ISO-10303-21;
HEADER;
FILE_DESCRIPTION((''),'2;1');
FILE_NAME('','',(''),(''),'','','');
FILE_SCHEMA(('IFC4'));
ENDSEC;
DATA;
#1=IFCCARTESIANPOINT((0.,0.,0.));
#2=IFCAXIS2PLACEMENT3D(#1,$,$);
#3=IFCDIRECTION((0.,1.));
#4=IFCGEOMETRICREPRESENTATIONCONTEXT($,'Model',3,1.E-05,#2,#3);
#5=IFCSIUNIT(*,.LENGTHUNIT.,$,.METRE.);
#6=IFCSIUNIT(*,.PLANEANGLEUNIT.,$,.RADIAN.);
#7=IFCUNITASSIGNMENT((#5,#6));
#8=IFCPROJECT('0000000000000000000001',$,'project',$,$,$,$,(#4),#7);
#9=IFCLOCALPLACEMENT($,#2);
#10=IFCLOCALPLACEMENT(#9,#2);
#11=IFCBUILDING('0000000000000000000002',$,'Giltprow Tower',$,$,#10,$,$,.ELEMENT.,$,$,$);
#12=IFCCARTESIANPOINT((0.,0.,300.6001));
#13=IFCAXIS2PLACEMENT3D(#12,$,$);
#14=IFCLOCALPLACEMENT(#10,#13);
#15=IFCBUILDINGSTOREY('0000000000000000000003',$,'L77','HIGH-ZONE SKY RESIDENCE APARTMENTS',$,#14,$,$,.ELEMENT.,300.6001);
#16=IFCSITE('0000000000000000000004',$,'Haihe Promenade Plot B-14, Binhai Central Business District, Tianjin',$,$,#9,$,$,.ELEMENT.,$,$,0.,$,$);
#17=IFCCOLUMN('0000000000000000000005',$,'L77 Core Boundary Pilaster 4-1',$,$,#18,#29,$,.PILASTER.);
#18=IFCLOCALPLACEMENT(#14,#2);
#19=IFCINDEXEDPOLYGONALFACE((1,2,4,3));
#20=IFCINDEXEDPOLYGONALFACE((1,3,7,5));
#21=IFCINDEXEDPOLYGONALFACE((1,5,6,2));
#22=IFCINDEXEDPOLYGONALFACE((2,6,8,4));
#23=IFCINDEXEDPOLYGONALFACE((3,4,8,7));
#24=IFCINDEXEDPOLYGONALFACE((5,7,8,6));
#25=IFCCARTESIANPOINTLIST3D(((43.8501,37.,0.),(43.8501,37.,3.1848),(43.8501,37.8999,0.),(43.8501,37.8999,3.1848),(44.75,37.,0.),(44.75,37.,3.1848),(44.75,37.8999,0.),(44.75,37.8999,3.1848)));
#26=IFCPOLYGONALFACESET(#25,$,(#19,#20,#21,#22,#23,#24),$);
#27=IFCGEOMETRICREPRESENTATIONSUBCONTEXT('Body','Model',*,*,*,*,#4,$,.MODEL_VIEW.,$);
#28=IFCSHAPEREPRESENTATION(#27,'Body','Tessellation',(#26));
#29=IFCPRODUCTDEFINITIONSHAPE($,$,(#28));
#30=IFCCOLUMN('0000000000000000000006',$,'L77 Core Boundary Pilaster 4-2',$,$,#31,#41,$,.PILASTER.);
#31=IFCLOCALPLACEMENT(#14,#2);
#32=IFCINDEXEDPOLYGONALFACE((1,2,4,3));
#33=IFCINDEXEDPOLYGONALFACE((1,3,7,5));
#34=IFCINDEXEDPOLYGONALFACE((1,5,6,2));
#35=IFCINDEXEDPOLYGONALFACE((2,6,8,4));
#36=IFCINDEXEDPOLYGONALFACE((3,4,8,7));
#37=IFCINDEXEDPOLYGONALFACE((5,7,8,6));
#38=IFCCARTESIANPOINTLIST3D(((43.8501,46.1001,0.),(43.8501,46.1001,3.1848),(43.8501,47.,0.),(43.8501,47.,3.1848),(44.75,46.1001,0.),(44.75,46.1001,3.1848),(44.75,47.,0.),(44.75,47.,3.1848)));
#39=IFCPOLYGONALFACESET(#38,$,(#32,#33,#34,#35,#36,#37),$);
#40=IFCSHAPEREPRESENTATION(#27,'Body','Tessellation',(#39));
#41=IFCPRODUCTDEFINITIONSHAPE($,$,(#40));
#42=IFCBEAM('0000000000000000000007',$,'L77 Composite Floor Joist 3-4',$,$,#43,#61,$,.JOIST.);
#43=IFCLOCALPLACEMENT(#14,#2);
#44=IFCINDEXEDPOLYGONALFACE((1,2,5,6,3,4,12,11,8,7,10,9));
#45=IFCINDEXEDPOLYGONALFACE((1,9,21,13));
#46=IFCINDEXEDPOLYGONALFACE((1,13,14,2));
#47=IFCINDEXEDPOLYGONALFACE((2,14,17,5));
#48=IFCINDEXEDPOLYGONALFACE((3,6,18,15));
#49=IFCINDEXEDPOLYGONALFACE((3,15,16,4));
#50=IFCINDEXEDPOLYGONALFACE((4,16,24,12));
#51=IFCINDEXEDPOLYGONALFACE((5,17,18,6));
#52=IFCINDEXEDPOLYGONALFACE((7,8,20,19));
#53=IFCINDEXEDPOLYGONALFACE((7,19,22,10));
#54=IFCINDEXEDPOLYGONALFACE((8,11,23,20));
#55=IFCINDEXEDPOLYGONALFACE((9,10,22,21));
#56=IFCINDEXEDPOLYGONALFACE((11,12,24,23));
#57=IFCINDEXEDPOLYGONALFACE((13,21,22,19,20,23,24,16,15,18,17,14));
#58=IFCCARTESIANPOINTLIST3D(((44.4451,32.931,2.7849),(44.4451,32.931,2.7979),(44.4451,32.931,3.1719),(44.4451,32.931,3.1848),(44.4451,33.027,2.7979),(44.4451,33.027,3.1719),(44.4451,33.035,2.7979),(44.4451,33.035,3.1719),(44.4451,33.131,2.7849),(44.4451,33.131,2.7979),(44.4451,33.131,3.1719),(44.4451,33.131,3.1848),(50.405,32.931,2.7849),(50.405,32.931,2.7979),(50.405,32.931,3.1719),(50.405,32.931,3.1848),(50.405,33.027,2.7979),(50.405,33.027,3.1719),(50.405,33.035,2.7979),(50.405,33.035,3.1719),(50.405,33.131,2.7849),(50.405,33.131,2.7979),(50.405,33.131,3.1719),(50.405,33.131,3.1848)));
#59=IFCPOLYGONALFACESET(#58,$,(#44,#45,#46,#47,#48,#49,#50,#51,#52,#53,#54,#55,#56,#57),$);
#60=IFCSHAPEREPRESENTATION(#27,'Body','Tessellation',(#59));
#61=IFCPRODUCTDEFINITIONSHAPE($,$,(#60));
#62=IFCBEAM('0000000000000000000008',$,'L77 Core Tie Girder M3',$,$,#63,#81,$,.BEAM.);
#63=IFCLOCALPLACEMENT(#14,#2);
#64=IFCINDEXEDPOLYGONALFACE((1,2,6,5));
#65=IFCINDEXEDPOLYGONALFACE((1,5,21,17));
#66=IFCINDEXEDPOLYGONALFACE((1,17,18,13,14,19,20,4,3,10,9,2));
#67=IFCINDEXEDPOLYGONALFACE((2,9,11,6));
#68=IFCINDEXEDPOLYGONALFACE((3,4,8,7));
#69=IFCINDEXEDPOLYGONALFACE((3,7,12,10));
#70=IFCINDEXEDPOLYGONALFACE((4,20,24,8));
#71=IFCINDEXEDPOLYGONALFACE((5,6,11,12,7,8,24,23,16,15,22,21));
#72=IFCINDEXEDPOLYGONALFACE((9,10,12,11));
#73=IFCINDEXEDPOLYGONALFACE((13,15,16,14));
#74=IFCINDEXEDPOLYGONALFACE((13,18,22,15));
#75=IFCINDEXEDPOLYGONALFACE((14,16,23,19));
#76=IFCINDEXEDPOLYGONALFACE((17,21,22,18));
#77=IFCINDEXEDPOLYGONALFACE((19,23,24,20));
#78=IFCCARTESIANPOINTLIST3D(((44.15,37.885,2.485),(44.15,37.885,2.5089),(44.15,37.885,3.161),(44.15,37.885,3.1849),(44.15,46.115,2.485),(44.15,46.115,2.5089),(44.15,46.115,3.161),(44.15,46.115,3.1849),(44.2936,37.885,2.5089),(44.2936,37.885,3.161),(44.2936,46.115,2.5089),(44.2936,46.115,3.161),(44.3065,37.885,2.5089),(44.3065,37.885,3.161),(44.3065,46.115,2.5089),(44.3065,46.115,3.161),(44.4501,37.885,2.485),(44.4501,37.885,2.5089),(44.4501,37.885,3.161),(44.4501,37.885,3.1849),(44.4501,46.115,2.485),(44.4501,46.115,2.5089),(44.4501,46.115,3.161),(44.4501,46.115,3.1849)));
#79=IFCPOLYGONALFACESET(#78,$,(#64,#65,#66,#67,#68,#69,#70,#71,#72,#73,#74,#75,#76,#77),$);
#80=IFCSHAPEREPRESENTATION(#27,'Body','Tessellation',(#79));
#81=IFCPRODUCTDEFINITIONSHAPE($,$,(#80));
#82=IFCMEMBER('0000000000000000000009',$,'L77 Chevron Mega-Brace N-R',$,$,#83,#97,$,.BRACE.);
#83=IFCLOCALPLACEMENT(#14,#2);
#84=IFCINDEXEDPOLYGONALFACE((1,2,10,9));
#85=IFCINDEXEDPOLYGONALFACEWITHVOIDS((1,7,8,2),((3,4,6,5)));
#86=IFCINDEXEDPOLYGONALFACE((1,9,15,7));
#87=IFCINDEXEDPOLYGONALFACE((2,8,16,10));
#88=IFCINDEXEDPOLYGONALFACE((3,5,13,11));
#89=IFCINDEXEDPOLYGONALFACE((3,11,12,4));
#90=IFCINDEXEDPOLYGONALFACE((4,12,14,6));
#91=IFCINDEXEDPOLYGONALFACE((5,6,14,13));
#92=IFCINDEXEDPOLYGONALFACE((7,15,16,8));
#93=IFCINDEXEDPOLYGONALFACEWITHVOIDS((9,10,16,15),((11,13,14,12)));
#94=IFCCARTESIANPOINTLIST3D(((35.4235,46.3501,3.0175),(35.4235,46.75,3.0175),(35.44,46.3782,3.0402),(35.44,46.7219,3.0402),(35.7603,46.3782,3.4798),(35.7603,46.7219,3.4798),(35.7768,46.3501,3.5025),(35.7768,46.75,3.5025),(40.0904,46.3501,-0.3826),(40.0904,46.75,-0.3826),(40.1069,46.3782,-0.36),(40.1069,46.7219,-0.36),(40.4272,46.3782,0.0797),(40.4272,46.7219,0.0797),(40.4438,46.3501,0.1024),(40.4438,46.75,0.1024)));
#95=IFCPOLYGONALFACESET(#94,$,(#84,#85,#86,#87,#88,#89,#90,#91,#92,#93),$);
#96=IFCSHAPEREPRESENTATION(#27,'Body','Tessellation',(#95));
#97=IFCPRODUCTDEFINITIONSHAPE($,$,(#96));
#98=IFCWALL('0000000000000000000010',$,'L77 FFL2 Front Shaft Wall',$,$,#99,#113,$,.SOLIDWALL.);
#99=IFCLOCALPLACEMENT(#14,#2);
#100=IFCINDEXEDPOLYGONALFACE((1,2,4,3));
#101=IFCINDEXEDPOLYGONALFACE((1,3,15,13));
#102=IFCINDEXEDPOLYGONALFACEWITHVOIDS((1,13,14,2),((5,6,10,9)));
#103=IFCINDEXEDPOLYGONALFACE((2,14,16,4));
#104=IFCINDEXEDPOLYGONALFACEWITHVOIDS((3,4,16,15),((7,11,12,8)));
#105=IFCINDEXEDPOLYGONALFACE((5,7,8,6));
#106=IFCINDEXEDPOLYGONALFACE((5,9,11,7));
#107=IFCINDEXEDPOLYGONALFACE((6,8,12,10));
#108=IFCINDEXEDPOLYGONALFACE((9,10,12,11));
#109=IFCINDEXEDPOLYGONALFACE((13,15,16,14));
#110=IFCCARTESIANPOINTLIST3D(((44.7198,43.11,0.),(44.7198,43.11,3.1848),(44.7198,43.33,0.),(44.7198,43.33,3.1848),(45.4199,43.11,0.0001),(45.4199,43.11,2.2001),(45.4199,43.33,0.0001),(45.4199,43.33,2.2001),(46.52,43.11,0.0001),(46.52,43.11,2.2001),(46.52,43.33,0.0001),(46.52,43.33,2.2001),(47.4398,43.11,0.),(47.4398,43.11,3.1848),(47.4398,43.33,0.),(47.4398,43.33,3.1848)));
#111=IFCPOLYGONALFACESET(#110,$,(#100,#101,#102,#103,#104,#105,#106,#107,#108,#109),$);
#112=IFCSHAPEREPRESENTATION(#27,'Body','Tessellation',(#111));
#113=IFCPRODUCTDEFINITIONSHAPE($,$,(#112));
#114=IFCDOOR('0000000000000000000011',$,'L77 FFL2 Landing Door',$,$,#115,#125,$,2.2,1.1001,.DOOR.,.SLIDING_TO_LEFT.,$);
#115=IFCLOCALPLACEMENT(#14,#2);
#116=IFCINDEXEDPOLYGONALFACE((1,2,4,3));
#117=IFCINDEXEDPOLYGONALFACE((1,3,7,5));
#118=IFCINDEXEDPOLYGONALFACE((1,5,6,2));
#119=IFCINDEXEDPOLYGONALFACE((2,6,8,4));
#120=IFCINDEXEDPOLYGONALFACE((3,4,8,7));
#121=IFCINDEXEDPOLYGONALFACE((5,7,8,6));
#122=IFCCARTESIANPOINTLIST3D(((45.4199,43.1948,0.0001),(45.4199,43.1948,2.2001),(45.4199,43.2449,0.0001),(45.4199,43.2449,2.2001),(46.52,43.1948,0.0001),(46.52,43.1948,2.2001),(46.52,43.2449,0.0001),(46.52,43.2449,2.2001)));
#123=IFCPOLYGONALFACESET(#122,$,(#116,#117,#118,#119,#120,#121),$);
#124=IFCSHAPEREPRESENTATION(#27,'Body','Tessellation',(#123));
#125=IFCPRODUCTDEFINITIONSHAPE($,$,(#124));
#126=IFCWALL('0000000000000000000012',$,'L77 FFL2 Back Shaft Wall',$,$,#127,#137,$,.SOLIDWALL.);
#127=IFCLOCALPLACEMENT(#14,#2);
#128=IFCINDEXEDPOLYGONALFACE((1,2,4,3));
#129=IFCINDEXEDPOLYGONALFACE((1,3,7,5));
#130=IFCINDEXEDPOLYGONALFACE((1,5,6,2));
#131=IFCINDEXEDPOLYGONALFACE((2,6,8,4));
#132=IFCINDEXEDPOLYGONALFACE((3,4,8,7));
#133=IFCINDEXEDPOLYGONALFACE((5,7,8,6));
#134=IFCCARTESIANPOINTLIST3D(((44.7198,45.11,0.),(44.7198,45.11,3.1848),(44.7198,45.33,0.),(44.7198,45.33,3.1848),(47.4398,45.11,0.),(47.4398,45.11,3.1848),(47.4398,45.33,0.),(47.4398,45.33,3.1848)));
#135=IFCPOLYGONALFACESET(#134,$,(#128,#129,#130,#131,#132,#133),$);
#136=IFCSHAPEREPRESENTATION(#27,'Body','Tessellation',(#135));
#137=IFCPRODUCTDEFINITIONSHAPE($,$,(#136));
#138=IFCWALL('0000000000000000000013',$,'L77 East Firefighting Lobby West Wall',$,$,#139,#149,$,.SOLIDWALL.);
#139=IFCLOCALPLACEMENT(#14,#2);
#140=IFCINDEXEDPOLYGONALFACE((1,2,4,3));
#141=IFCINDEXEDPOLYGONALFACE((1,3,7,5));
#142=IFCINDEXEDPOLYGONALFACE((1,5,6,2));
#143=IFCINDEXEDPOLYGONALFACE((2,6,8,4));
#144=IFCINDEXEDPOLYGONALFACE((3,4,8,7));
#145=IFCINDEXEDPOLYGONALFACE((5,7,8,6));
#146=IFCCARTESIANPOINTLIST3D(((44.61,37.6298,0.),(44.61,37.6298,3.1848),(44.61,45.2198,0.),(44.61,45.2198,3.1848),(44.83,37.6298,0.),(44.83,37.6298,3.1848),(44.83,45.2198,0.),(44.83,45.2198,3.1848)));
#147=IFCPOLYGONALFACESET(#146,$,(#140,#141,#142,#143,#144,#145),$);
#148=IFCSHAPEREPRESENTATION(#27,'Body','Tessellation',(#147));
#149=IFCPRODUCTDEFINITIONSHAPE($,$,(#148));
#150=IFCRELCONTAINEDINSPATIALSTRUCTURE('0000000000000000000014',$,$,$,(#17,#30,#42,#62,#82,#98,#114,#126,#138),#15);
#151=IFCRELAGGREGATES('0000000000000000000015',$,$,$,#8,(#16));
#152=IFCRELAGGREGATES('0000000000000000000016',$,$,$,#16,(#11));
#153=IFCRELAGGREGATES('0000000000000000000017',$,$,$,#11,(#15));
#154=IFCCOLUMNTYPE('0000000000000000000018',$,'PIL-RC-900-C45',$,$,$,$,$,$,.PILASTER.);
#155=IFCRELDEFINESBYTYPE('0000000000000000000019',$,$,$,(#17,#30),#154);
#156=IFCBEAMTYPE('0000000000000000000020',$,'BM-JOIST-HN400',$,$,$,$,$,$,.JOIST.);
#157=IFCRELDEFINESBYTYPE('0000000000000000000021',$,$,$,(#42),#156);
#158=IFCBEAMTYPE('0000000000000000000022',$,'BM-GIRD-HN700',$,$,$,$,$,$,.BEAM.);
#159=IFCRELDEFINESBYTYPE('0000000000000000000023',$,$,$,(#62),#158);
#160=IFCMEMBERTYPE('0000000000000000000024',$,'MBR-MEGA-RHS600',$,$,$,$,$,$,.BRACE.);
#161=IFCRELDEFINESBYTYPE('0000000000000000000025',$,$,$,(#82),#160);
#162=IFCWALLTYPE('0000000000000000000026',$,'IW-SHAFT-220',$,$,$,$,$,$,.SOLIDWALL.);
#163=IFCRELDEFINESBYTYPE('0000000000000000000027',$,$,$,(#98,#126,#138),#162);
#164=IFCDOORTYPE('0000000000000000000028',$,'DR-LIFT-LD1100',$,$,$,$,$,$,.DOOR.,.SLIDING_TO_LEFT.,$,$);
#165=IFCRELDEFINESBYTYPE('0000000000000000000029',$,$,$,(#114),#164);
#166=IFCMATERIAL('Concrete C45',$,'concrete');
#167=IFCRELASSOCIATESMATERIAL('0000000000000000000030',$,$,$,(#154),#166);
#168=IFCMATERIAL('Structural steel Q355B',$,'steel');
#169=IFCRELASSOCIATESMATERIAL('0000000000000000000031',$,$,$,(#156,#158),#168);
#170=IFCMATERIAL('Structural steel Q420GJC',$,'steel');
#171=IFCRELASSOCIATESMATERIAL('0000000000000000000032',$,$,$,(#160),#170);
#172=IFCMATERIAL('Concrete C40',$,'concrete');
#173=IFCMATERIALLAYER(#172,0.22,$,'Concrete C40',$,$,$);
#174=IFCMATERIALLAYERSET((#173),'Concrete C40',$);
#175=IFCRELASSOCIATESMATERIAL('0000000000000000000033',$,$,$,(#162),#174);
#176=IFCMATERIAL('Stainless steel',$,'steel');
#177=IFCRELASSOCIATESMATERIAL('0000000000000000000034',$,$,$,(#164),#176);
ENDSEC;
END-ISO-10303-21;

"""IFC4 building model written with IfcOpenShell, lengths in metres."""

from ifc_helpers import new_model, si_unit, direction, frame, frame_2d, origin, origin_2d, place, context, subcontext, project, spatial, rectangle, hollow_rectangle, i_section, extrude, source, transform, mapped, material, layer, layer_set, material_profile, profile_set, type_object, element, fill, save


model = new_model("IFC4")

# Units and contexts
model_context = context("Model", 3, precision=1e-05, world=origin(), true_north=direction((0.0, 1.0)))
body_context = subcontext(model_context, "Body", "Model", "MODEL_VIEW")
ifc_project = project(units=[si_unit("LENGTHUNIT", "METRE"), si_unit("PLANEANGLEUNIT", "RADIAN")], contexts=[model_context])

# Site, building, storey
site_placement = place(None, origin())
site = spatial("IfcSite", under=ifc_project, at=site_placement, Name="Haihe Promenade Plot B-14, Binhai Central Business District, Tianjin", CompositionType="ELEMENT", RefElevation=0.0)
building_placement = place(site_placement, origin())
building = spatial("IfcBuilding", under=site, at=building_placement, Name="Giltprow Tower", CompositionType="ELEMENT")
storey_placement = place(building_placement, frame((0.0, 0.0, 300.6001)))
storey = spatial("IfcBuildingStorey", under=building, at=storey_placement, Name="L77", Description="HIGH-ZONE SKY RESIDENCE APARTMENTS", CompositionType="ELEMENT", Elevation=300.6001)

# Columns
ifc_material_1 = material(Name="Concrete C45", Category="concrete")
ifc_material_profile_1 = material_profile(ifc_material_1, rectangle(XDim=0.8999, YDim=0.8999, at=origin_2d()), Name="RC 900x900")
ifc_profile_set_1 = profile_set([ifc_material_profile_1], Name="Concrete C45")
column_type = type_object("IfcColumnType", Name="PIL-RC-900-C45", PredefinedType="PILASTER", material=ifc_profile_set_1)
shared_shape_1 = source(origin(), body_context, "Body", "SweptSolid", [
    extrude(rectangle(XDim=0.8999, YDim=0.8999, at=origin_2d()), origin(), (0.0, 0.0, 1.0), 3.1848),
])
for number, where, z_axis, x_axis, name in (
    (1, (44.3, 37.45, 0.0), (0.0, 0.0, 1.0), (1.0, 0.0, 0.0), "L77 Core Boundary Pilaster 4-1"),
    (2, (44.3, 46.55, 0.0), (0.0, 0.0, 1.0), (1.0, 0.0, 0.0), "L77 Core Boundary Pilaster 4-2"),
):
    element("IfcColumn", number, at=place(storey_placement, frame(where, z_axis=z_axis, x_axis=x_axis)), inside=storey, type_object=column_type, Name=name, PredefinedType="PILASTER", context=body_context, shape_type="MappedRepresentation", body=[
        mapped(shared_shape_1, transform((0.0, 0.0, 0.0), x_axis=(1.0, 0.0, 0.0), y_axis=(0.0, 1.0, 0.0), z_axis=(0.0, 0.0, 1.0), scale=1.0)),
    ])

# Beams
ifc_material_2 = material(Name="Structural steel Q355B", Category="steel")
ifc_material_profile_2 = material_profile(ifc_material_2, i_section(OverallWidth=0.2, OverallDepth=0.3999, WebThickness=0.0081, FlangeThickness=0.0129, at=origin_2d()), Name="HN 400x200x8x13")
ifc_profile_set_2 = profile_set([ifc_material_profile_2], Name="Structural steel Q355B")
beam_type_1 = type_object("IfcBeamType", Name="BM-JOIST-HN400", PredefinedType="JOIST", material=ifc_profile_set_2)
shared_shape_2 = source(origin(), body_context, "Body", "SweptSolid", [
    extrude(i_section(OverallWidth=0.2, OverallDepth=0.3999, WebThickness=0.0081, FlangeThickness=0.0129, at=origin_2d()), origin(), (0.0, 0.0, 1.0), 5.96),
])
beam_1_placement = place(storey_placement, frame((44.4451, 33.031, 2.9849), z_axis=(1.0, 0.0, 0.0), x_axis=(0.0, 1.0, 0.0)))
element("IfcBeam", 3, at=beam_1_placement, inside=storey, type_object=beam_type_1, Name="L77 Composite Floor Joist 3-4", PredefinedType="JOIST", context=body_context, shape_type="MappedRepresentation", body=[
    mapped(shared_shape_2, transform((0.0, 0.0, 0.0), x_axis=(1.0, 0.0, 0.0), y_axis=(0.0, 1.0, 0.0), z_axis=(0.0, 0.0, 1.0), scale=1.0)),
])
ifc_material_profile_3 = material_profile(ifc_material_2, i_section(OverallWidth=0.3, OverallDepth=0.7, WebThickness=0.0129, FlangeThickness=0.0239, at=origin_2d()), Name="HN 700x300x13x24")
ifc_profile_set_3 = profile_set([ifc_material_profile_3], Name="Structural steel Q355B")
beam_type_2 = type_object("IfcBeamType", Name="BM-GIRD-HN700", PredefinedType="BEAM", material=ifc_profile_set_3)
shared_shape_3 = source(origin(), body_context, "Body", "SweptSolid", [
    extrude(i_section(OverallWidth=0.3, OverallDepth=0.7, WebThickness=0.0129, FlangeThickness=0.0239, at=origin_2d()), origin(), (0.0, 0.0, 1.0), 8.23),
])
beam_2_placement = place(storey_placement, frame((44.3, 37.885, 2.835), z_axis=(0.0, 1.0, 0.0), x_axis=(-1.0, 0.0, 0.0)))
element("IfcBeam", 4, at=beam_2_placement, inside=storey, type_object=beam_type_2, Name="L77 Core Tie Girder M3", PredefinedType="BEAM", context=body_context, shape_type="MappedRepresentation", body=[
    mapped(shared_shape_3, transform((0.0, 0.0, 0.0), x_axis=(1.0, 0.0, 0.0), y_axis=(0.0, 1.0, 0.0), z_axis=(0.0, 0.0, 1.0), scale=1.0)),
])

# Member
ifc_material_3 = material(Name="Structural steel Q420GJC", Category="steel")
ifc_material_profile_4 = material_profile(ifc_material_3, hollow_rectangle(XDim=0.3999, YDim=0.6001, WallThickness=0.0281, at=origin_2d()), Name="RHS 600x400x28")
ifc_profile_set_4 = profile_set([ifc_material_profile_4], Name="Structural steel Q420GJC")
member_type = type_object("IfcMemberType", Name="MBR-MEGA-RHS600", PredefinedType="BRACE", material=ifc_profile_set_4)
shared_shape_4 = source(origin(), body_context, "Body", "SweptSolid", [
    extrude(hollow_rectangle(XDim=0.3999, YDim=0.6001, WallThickness=0.0281, at=origin_2d()), origin(), (0.0, 0.0, 1.0), 5.7742),
])
member_placement = place(storey_placement, frame((40.2671, 46.55, -0.1401), z_axis=(-0.808244, 0.0, 0.588848), x_axis=(0.0, -1.0, 0.0)))
element("IfcMember", 5, at=member_placement, inside=storey, type_object=member_type, Name="L77 Chevron Mega-Brace N-R", PredefinedType="BRACE", context=body_context, shape_type="MappedRepresentation", body=[
    mapped(shared_shape_4, transform((0.0, 0.0, 0.0), x_axis=(1.0, 0.0, 0.0), y_axis=(0.0, 1.0, 0.0), z_axis=(0.0, 0.0, 1.0), scale=1.0)),
])

# Wall, opening, door
ifc_material_4 = material(Name="Concrete C40", Category="concrete")
ifc_layer_1 = layer(ifc_material_4, 0.22, Name="Concrete C40")
ifc_layer_set_1 = layer_set([ifc_layer_1], Name="Concrete C40")
wall_type_1 = type_object("IfcWallType", Name="IW-SHAFT-220", PredefinedType="SOLIDWALL", material=ifc_layer_set_1)
wall_1_placement = place(storey_placement, frame((44.72, 43.22, 0.0), z_axis=(0.0, 0.0, 1.0), x_axis=(1.0, 0.0, 0.0)))
wall_1 = element("IfcWall", 6, at=wall_1_placement, inside=storey, type_object=wall_type_1, Name="L77 FFL2 Front Shaft Wall", PredefinedType="SOLIDWALL", context=body_context, shape_type="SweptSolid", body=[
    extrude(rectangle(XDim=2.72, YDim=0.22, at=frame_2d((1.3599, 0.0))), origin(), (0.0, 0.0, 1.0), 3.1848),
])
opening_1_placement = place(wall_1_placement, frame((0.7, 0.0, 0.0)))
opening_1 = element("IfcOpeningElement", 7, at=opening_1_placement, cuts=wall_1, PredefinedType="OPENING", context=body_context, shape_type="SweptSolid", body=[
    extrude(rectangle(XDim=1.1001, YDim=2.2, at=frame_2d((0.55, 1.1001))), frame((0.0, 0.1199, 0.0), z_axis=(0.0, -1.0, 0.0), x_axis=(1.0, 0.0, 0.0)), (0.0, 0.0, 1.0), 0.24),
])
ifc_material_5 = material(Name="Stainless steel", Category="steel")
door_type_1 = type_object("IfcDoorType", Name="DR-LIFT-LD1100", OperationType="SLIDING_TO_LEFT", PredefinedType="DOOR", material=ifc_material_5)
shared_shape_5 = source(origin(), body_context, "Body", "SweptSolid", [
    extrude(rectangle(XDim=1.1001, YDim=2.2, at=frame_2d((0.55, 1.1001))), frame((0.0, 0.0249, 0.0), z_axis=(0.0, -1.0, 0.0), x_axis=(1.0, 0.0, 0.0)), (0.0, 0.0, 1.0), 0.05),
])
door_1_placement = place(opening_1_placement, origin())
door_1 = element("IfcDoor", 8, at=door_1_placement, inside=storey, type_object=door_type_1, Name="L77 FFL2 Landing Door", OperationType="SLIDING_TO_LEFT", OverallHeight=2.2, OverallWidth=1.1001, PredefinedType="DOOR", context=body_context, shape_type="MappedRepresentation", body=[
    mapped(shared_shape_5, transform((0.0, 0.0, 0.0), x_axis=(1.0, 0.0, 0.0), y_axis=(0.0, 1.0, 0.0), z_axis=(0.0, 0.0, 1.0), scale=1.0)),
])
fill(opening_1, door_1)

# Walls
wall_2_placement = place(storey_placement, frame((44.72, 45.22, 0.0), z_axis=(0.0, 0.0, 1.0), x_axis=(1.0, 0.0, 0.0)))
element("IfcWall", 9, at=wall_2_placement, inside=storey, type_object=wall_type_1, Name="L77 FFL2 Back Shaft Wall", PredefinedType="SOLIDWALL", context=body_context, shape_type="SweptSolid", body=[
    extrude(rectangle(XDim=2.72, YDim=0.22, at=frame_2d((1.3599, 0.0))), origin(), (0.0, 0.0, 1.0), 3.1848),
])
wall_3_placement = place(storey_placement, frame((44.72, 37.6299, 0.0), z_axis=(0.0, 0.0, 1.0), x_axis=(0.0, 1.0, 0.0)))
element("IfcWall", 10, at=wall_3_placement, inside=storey, type_object=wall_type_1, Name="L77 East Firefighting Lobby West Wall", PredefinedType="SOLIDWALL", context=body_context, shape_type="SweptSolid", body=[
    extrude(rectangle(XDim=7.5901, YDim=0.22, at=frame_2d((3.7949, 0.0))), origin(), (0.0, 0.0, 1.0), 3.1848),
])

save(model, "model.ifc")
